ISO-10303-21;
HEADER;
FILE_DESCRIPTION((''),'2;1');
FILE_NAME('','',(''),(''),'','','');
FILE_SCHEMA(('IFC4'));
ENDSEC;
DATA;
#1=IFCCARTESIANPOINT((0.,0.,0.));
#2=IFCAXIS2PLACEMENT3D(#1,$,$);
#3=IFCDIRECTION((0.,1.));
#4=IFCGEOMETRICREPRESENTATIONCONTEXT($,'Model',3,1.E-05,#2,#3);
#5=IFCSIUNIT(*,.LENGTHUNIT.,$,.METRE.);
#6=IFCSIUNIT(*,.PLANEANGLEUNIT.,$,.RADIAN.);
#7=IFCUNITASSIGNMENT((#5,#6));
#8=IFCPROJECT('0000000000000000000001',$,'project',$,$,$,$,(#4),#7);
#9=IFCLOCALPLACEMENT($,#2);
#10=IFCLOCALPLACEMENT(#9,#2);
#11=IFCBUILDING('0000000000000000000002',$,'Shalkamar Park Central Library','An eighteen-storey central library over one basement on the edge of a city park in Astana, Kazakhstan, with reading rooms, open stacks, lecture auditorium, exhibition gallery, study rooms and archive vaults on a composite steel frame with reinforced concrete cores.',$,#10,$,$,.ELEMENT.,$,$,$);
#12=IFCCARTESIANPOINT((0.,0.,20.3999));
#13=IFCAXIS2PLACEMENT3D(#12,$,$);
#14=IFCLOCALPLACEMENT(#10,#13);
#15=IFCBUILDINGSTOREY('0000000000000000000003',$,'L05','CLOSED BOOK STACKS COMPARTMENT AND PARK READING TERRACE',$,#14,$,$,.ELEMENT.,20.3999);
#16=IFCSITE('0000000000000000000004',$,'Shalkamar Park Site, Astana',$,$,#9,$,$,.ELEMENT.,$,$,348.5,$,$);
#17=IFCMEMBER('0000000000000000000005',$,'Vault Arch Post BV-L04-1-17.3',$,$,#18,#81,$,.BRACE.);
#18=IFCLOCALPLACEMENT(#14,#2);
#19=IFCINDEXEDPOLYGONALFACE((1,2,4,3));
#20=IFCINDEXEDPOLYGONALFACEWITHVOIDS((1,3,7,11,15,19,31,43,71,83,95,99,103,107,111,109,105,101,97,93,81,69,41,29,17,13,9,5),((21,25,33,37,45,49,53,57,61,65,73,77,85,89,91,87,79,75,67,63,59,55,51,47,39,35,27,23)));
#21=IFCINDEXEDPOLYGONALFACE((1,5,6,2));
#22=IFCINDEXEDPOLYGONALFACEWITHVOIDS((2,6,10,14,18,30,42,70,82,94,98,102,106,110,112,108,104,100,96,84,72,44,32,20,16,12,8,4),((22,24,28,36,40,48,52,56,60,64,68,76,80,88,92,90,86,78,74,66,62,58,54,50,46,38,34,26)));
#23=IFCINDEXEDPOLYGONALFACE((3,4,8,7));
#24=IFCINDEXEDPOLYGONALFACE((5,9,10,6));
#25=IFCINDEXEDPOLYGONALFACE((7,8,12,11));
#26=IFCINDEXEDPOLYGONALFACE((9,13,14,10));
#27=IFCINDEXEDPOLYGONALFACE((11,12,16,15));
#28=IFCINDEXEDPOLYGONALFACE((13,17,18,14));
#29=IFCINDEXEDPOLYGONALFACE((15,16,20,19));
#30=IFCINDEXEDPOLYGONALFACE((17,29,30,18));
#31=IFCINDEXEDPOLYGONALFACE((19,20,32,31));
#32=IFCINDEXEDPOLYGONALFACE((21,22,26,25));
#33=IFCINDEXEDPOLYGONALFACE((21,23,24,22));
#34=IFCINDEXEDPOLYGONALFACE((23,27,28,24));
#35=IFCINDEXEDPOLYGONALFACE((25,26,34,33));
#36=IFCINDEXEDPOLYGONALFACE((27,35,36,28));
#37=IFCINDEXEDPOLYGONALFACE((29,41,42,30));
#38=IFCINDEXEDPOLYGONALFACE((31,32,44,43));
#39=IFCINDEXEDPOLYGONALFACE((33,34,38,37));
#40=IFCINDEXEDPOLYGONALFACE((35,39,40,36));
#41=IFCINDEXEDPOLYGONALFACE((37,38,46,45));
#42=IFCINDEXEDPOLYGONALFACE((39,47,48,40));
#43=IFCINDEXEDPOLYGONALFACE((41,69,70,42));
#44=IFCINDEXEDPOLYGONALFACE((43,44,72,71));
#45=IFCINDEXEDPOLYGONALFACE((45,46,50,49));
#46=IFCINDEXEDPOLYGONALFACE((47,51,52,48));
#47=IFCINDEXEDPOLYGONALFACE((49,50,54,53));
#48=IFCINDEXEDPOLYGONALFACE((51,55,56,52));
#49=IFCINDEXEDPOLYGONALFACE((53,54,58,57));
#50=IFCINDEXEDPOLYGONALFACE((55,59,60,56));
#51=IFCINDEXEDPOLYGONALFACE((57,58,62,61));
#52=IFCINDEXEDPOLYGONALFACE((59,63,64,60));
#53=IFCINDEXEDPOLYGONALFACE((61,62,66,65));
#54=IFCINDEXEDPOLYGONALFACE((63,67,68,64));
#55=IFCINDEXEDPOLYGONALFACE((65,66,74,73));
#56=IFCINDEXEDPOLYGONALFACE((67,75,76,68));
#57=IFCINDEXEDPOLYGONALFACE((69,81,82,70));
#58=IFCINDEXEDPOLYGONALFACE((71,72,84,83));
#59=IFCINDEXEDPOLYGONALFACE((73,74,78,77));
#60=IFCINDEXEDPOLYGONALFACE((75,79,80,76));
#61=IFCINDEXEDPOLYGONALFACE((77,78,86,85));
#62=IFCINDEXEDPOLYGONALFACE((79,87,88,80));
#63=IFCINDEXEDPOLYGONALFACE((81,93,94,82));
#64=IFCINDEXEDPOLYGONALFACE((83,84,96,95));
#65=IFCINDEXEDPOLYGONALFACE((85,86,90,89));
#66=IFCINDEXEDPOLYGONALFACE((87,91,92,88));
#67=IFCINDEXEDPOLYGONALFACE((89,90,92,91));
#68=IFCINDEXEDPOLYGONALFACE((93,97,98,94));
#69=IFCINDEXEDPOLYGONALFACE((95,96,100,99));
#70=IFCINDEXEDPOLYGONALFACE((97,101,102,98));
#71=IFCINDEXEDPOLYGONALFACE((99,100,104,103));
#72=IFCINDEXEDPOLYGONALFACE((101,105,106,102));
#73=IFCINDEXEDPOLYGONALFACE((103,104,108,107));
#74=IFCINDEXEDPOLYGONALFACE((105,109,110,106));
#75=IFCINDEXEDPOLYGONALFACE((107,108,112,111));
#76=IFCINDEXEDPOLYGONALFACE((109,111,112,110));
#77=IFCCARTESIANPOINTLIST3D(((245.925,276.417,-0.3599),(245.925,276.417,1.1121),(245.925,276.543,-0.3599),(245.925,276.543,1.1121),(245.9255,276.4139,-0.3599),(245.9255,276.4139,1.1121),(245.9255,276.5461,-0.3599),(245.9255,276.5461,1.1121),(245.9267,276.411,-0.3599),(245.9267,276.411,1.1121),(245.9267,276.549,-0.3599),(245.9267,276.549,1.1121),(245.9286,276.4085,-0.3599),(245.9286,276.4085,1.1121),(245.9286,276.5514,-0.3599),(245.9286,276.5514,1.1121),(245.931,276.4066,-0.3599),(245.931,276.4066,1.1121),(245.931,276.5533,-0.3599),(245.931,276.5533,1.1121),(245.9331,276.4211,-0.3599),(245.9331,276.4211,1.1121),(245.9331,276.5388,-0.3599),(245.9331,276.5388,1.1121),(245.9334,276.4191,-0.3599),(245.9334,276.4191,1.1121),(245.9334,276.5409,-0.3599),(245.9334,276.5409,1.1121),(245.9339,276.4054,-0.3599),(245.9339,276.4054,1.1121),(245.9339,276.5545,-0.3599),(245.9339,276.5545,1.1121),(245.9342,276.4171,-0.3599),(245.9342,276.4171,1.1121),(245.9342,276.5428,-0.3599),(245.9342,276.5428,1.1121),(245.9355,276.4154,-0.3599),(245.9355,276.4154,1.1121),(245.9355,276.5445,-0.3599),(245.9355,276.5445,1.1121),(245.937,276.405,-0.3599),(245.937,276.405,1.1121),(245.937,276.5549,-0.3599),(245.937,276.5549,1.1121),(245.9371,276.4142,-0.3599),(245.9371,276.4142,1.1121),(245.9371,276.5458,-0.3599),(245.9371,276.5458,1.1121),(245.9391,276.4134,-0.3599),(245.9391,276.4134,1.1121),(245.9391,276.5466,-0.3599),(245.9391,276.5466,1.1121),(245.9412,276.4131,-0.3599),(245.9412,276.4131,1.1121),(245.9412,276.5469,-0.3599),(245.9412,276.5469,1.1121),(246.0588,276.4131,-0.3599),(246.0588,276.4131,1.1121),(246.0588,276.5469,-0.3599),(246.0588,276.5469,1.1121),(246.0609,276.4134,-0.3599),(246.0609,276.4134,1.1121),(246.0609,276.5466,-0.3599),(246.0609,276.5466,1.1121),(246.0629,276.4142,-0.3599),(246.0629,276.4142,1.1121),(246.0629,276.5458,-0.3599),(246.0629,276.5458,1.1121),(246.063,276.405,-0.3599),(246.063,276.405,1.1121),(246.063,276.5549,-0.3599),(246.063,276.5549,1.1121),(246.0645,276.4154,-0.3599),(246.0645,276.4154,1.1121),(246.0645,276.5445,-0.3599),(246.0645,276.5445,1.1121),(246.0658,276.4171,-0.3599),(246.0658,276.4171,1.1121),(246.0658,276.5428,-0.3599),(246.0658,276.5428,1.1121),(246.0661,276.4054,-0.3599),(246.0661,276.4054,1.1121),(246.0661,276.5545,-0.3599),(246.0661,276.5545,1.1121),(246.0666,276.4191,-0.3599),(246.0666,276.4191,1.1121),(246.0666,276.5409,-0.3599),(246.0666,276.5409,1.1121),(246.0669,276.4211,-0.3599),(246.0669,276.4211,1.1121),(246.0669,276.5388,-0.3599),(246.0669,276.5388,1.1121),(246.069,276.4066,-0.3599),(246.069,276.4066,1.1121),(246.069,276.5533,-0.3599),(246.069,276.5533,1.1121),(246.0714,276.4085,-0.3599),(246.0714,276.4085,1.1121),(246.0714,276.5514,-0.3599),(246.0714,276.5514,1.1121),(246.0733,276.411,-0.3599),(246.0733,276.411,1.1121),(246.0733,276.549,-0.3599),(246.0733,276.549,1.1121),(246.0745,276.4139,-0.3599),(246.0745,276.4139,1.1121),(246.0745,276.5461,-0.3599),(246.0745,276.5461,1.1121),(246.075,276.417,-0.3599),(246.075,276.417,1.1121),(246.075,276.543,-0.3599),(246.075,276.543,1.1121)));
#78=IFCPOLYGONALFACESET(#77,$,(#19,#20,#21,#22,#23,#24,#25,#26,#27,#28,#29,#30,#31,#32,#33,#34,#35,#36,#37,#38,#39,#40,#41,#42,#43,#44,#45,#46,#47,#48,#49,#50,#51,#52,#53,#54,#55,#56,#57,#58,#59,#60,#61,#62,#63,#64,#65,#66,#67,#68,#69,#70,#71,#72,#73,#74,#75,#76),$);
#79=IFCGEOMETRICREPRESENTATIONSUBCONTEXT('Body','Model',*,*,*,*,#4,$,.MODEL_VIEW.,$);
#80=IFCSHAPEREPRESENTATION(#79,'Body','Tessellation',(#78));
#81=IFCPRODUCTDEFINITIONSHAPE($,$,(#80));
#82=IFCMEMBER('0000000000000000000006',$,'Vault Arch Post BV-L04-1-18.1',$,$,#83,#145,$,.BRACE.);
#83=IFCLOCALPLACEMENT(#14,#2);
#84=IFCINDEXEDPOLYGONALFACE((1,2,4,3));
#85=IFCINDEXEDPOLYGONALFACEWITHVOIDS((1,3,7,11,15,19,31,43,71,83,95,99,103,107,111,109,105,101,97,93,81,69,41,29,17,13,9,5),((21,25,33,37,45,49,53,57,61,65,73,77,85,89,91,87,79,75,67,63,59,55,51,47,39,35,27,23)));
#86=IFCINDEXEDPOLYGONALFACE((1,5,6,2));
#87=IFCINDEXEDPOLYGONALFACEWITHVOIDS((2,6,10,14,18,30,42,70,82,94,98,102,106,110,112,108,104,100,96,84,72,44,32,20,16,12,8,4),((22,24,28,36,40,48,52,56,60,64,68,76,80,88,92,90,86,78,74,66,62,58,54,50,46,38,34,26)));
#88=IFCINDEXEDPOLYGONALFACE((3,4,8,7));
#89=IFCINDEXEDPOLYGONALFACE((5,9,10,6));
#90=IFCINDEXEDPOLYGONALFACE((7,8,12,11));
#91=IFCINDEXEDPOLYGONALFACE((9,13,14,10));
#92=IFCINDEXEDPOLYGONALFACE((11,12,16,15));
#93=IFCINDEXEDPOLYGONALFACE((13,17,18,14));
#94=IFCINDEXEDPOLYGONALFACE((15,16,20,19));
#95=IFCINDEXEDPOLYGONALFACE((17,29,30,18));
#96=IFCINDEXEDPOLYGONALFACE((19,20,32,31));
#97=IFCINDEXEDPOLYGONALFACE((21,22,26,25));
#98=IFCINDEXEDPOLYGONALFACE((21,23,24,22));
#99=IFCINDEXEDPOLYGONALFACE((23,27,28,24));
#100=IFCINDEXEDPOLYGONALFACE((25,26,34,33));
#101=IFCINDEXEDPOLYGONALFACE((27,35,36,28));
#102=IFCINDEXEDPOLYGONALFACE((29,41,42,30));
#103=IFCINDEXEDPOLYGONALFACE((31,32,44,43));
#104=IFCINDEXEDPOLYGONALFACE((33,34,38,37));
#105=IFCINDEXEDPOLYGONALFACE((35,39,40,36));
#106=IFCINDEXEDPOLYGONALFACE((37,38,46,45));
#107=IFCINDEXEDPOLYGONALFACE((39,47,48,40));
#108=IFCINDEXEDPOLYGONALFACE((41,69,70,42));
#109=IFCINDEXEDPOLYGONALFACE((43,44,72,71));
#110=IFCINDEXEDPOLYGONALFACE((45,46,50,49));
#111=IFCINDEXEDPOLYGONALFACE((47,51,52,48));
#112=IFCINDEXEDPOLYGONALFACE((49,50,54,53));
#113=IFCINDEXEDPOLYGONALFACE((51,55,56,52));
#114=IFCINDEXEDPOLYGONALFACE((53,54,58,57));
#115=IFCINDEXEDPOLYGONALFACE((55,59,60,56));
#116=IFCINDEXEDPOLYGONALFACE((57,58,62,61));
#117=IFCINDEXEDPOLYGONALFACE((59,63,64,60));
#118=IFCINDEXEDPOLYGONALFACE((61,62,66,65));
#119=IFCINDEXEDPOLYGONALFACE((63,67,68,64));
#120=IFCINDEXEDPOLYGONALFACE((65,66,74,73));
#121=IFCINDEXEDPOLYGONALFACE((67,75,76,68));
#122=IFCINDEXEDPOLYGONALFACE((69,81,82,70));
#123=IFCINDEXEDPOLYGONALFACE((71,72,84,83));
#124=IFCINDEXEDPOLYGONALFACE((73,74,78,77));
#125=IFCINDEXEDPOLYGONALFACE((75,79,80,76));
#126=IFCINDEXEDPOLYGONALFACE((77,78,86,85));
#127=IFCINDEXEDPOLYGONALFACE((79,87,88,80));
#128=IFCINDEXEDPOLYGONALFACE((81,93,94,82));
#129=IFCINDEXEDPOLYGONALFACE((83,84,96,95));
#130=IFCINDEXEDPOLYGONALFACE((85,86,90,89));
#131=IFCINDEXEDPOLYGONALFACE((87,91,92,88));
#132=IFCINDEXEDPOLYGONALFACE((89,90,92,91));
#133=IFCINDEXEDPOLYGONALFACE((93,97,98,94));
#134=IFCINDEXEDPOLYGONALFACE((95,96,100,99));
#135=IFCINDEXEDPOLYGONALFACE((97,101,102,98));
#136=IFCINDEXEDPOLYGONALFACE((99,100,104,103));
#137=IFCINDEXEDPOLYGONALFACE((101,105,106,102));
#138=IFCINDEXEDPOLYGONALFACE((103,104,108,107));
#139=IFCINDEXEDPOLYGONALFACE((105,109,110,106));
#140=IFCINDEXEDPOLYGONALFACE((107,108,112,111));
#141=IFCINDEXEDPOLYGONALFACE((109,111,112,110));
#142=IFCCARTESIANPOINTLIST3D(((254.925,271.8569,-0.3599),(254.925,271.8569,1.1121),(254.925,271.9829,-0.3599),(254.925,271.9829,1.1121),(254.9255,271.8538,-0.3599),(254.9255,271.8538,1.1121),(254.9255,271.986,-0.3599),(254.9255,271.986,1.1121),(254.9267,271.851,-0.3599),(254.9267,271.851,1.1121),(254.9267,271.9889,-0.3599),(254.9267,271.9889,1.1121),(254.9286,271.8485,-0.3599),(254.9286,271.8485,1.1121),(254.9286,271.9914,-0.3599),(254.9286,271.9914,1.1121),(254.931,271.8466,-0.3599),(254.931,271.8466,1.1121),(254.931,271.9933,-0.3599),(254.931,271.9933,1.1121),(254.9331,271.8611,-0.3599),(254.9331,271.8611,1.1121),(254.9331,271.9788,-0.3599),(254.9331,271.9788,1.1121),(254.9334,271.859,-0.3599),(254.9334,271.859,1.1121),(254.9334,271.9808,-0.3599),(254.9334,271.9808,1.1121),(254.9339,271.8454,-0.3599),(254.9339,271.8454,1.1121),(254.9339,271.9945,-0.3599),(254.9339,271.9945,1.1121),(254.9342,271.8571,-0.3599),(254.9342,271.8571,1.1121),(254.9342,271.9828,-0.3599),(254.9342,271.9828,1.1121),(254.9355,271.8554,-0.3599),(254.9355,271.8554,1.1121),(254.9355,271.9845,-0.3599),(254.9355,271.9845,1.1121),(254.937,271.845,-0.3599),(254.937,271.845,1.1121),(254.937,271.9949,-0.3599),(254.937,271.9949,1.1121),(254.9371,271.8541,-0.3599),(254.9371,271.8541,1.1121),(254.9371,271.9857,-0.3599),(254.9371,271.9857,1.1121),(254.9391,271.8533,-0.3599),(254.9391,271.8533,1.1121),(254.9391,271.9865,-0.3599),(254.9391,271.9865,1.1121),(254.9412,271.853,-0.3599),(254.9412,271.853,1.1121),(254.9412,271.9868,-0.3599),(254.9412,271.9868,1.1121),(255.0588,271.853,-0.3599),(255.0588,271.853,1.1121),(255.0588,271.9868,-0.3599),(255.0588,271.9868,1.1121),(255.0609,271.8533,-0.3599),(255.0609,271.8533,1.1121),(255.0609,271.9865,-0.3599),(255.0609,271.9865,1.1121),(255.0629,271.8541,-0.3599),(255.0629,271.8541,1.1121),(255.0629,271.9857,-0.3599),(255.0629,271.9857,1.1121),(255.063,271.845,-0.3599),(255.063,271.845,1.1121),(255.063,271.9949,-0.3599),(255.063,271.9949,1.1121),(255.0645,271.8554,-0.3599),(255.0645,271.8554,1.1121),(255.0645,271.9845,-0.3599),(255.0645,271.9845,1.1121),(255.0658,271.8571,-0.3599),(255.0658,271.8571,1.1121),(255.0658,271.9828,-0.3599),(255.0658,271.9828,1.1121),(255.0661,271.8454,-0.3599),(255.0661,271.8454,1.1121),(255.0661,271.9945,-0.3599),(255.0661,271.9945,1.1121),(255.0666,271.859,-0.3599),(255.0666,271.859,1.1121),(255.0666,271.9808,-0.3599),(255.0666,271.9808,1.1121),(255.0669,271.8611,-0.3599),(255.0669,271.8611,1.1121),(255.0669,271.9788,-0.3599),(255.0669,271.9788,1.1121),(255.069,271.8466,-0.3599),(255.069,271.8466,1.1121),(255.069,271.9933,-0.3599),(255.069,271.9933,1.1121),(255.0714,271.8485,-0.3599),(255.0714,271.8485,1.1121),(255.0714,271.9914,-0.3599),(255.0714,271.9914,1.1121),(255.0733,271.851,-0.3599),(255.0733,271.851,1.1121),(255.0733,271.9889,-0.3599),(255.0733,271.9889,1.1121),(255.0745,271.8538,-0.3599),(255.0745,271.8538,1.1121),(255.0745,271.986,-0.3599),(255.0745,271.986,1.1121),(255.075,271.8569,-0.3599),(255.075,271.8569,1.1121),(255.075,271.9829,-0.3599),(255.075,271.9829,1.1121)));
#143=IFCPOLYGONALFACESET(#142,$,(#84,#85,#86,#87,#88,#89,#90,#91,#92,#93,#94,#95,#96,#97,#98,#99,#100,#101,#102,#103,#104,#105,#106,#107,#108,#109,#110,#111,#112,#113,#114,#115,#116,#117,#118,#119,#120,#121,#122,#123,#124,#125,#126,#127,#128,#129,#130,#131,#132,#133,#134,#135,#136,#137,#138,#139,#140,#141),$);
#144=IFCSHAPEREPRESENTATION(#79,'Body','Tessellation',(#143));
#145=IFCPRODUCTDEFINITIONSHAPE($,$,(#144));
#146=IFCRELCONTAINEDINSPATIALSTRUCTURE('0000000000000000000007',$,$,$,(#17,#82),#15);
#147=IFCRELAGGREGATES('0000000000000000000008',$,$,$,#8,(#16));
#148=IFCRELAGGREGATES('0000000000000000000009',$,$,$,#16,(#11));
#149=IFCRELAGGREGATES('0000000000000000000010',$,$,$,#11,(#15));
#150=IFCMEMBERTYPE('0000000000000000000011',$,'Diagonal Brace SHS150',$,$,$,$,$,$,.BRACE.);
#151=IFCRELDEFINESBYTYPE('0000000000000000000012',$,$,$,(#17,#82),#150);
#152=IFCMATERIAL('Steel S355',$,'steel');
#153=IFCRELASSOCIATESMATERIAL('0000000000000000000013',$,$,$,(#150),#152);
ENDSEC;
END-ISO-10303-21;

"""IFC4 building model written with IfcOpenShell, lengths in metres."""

from ifc_helpers import new_model, si_unit, direction, frame, origin, origin_2d, place, context, subcontext, project, spatial, hollow_rectangle, extrude, material, material_profile, profile_set, type_object, element, save


model = new_model("IFC4")

# Units and contexts
model_context = context("Model", 3, precision=1e-05, world=origin(), true_north=direction((0.0, 1.0)))
body_context = subcontext(model_context, "Body", "Model", "MODEL_VIEW")
ifc_project = project(units=[si_unit("LENGTHUNIT", "METRE"), si_unit("PLANEANGLEUNIT", "RADIAN")], contexts=[model_context])

# Site, building, storey
site_placement = place(None, origin())
site = spatial("IfcSite", under=ifc_project, at=site_placement, Name="Shalkamar Park Site, Astana", CompositionType="ELEMENT", RefElevation=348.5)
building_placement = place(site_placement, origin())
building = spatial("IfcBuilding", under=site, at=building_placement, Name="Shalkamar Park Central Library", Description="An eighteen-storey central library over one basement on the edge of a city park in Astana, Kazakhstan, with reading rooms, open stacks, lecture auditorium, exhibition gallery, study rooms and archive vaults on a composite steel frame with reinforced concrete cores.", CompositionType="ELEMENT")
storey_placement = place(building_placement, frame((0.0, 0.0, 20.3999)))
storey = spatial("IfcBuildingStorey", under=building, at=storey_placement, Name="L05", Description="CLOSED BOOK STACKS COMPARTMENT AND PARK READING TERRACE", CompositionType="ELEMENT", Elevation=20.3999)

# Members
ifc_material = material(Name="Steel S355", Category="steel")
ifc_material_profile_1 = material_profile(ifc_material, hollow_rectangle(XDim=0.1499, YDim=0.1499, WallThickness=0.0081, InnerFilletRadius=0.0081, OuterFilletRadius=0.012, at=origin_2d()), Name="SHS 150x150x8")
ifc_profile_set_1 = profile_set([ifc_material_profile_1], Name="Steel S355")
member_type_1 = type_object("IfcMemberType", Name="Diagonal Brace SHS150", PredefinedType="BRACE", material=ifc_profile_set_1)
for number, where, z_axis, x_axis, name in (
    (1, (246.0, 276.48, -0.3599), (0.0, 0.0, 1.0), (1.0, 0.0, 0.0), "Vault Arch Post BV-L04-1-17.3"),
    (2, (255.0, 271.9199, -0.3599), (0.0, 0.0, 1.0), (1.0, 0.0, 0.0), "Vault Arch Post BV-L04-1-18.1"),
):
    element("IfcMember", number, at=place(storey_placement, frame(where, z_axis=z_axis, x_axis=x_axis)), inside=storey, type_object=member_type_1, Name=name, PredefinedType="BRACE", context=body_context, shape_type="SweptSolid", body=[
        extrude(hollow_rectangle(XDim=0.1499, YDim=0.1499, WallThickness=0.0081, InnerFilletRadius=0.0081, OuterFilletRadius=0.012, at=origin_2d()), origin(), (0.0, 0.0, 1.0), 1.4719),
    ])

save(model, "model.ifc")
